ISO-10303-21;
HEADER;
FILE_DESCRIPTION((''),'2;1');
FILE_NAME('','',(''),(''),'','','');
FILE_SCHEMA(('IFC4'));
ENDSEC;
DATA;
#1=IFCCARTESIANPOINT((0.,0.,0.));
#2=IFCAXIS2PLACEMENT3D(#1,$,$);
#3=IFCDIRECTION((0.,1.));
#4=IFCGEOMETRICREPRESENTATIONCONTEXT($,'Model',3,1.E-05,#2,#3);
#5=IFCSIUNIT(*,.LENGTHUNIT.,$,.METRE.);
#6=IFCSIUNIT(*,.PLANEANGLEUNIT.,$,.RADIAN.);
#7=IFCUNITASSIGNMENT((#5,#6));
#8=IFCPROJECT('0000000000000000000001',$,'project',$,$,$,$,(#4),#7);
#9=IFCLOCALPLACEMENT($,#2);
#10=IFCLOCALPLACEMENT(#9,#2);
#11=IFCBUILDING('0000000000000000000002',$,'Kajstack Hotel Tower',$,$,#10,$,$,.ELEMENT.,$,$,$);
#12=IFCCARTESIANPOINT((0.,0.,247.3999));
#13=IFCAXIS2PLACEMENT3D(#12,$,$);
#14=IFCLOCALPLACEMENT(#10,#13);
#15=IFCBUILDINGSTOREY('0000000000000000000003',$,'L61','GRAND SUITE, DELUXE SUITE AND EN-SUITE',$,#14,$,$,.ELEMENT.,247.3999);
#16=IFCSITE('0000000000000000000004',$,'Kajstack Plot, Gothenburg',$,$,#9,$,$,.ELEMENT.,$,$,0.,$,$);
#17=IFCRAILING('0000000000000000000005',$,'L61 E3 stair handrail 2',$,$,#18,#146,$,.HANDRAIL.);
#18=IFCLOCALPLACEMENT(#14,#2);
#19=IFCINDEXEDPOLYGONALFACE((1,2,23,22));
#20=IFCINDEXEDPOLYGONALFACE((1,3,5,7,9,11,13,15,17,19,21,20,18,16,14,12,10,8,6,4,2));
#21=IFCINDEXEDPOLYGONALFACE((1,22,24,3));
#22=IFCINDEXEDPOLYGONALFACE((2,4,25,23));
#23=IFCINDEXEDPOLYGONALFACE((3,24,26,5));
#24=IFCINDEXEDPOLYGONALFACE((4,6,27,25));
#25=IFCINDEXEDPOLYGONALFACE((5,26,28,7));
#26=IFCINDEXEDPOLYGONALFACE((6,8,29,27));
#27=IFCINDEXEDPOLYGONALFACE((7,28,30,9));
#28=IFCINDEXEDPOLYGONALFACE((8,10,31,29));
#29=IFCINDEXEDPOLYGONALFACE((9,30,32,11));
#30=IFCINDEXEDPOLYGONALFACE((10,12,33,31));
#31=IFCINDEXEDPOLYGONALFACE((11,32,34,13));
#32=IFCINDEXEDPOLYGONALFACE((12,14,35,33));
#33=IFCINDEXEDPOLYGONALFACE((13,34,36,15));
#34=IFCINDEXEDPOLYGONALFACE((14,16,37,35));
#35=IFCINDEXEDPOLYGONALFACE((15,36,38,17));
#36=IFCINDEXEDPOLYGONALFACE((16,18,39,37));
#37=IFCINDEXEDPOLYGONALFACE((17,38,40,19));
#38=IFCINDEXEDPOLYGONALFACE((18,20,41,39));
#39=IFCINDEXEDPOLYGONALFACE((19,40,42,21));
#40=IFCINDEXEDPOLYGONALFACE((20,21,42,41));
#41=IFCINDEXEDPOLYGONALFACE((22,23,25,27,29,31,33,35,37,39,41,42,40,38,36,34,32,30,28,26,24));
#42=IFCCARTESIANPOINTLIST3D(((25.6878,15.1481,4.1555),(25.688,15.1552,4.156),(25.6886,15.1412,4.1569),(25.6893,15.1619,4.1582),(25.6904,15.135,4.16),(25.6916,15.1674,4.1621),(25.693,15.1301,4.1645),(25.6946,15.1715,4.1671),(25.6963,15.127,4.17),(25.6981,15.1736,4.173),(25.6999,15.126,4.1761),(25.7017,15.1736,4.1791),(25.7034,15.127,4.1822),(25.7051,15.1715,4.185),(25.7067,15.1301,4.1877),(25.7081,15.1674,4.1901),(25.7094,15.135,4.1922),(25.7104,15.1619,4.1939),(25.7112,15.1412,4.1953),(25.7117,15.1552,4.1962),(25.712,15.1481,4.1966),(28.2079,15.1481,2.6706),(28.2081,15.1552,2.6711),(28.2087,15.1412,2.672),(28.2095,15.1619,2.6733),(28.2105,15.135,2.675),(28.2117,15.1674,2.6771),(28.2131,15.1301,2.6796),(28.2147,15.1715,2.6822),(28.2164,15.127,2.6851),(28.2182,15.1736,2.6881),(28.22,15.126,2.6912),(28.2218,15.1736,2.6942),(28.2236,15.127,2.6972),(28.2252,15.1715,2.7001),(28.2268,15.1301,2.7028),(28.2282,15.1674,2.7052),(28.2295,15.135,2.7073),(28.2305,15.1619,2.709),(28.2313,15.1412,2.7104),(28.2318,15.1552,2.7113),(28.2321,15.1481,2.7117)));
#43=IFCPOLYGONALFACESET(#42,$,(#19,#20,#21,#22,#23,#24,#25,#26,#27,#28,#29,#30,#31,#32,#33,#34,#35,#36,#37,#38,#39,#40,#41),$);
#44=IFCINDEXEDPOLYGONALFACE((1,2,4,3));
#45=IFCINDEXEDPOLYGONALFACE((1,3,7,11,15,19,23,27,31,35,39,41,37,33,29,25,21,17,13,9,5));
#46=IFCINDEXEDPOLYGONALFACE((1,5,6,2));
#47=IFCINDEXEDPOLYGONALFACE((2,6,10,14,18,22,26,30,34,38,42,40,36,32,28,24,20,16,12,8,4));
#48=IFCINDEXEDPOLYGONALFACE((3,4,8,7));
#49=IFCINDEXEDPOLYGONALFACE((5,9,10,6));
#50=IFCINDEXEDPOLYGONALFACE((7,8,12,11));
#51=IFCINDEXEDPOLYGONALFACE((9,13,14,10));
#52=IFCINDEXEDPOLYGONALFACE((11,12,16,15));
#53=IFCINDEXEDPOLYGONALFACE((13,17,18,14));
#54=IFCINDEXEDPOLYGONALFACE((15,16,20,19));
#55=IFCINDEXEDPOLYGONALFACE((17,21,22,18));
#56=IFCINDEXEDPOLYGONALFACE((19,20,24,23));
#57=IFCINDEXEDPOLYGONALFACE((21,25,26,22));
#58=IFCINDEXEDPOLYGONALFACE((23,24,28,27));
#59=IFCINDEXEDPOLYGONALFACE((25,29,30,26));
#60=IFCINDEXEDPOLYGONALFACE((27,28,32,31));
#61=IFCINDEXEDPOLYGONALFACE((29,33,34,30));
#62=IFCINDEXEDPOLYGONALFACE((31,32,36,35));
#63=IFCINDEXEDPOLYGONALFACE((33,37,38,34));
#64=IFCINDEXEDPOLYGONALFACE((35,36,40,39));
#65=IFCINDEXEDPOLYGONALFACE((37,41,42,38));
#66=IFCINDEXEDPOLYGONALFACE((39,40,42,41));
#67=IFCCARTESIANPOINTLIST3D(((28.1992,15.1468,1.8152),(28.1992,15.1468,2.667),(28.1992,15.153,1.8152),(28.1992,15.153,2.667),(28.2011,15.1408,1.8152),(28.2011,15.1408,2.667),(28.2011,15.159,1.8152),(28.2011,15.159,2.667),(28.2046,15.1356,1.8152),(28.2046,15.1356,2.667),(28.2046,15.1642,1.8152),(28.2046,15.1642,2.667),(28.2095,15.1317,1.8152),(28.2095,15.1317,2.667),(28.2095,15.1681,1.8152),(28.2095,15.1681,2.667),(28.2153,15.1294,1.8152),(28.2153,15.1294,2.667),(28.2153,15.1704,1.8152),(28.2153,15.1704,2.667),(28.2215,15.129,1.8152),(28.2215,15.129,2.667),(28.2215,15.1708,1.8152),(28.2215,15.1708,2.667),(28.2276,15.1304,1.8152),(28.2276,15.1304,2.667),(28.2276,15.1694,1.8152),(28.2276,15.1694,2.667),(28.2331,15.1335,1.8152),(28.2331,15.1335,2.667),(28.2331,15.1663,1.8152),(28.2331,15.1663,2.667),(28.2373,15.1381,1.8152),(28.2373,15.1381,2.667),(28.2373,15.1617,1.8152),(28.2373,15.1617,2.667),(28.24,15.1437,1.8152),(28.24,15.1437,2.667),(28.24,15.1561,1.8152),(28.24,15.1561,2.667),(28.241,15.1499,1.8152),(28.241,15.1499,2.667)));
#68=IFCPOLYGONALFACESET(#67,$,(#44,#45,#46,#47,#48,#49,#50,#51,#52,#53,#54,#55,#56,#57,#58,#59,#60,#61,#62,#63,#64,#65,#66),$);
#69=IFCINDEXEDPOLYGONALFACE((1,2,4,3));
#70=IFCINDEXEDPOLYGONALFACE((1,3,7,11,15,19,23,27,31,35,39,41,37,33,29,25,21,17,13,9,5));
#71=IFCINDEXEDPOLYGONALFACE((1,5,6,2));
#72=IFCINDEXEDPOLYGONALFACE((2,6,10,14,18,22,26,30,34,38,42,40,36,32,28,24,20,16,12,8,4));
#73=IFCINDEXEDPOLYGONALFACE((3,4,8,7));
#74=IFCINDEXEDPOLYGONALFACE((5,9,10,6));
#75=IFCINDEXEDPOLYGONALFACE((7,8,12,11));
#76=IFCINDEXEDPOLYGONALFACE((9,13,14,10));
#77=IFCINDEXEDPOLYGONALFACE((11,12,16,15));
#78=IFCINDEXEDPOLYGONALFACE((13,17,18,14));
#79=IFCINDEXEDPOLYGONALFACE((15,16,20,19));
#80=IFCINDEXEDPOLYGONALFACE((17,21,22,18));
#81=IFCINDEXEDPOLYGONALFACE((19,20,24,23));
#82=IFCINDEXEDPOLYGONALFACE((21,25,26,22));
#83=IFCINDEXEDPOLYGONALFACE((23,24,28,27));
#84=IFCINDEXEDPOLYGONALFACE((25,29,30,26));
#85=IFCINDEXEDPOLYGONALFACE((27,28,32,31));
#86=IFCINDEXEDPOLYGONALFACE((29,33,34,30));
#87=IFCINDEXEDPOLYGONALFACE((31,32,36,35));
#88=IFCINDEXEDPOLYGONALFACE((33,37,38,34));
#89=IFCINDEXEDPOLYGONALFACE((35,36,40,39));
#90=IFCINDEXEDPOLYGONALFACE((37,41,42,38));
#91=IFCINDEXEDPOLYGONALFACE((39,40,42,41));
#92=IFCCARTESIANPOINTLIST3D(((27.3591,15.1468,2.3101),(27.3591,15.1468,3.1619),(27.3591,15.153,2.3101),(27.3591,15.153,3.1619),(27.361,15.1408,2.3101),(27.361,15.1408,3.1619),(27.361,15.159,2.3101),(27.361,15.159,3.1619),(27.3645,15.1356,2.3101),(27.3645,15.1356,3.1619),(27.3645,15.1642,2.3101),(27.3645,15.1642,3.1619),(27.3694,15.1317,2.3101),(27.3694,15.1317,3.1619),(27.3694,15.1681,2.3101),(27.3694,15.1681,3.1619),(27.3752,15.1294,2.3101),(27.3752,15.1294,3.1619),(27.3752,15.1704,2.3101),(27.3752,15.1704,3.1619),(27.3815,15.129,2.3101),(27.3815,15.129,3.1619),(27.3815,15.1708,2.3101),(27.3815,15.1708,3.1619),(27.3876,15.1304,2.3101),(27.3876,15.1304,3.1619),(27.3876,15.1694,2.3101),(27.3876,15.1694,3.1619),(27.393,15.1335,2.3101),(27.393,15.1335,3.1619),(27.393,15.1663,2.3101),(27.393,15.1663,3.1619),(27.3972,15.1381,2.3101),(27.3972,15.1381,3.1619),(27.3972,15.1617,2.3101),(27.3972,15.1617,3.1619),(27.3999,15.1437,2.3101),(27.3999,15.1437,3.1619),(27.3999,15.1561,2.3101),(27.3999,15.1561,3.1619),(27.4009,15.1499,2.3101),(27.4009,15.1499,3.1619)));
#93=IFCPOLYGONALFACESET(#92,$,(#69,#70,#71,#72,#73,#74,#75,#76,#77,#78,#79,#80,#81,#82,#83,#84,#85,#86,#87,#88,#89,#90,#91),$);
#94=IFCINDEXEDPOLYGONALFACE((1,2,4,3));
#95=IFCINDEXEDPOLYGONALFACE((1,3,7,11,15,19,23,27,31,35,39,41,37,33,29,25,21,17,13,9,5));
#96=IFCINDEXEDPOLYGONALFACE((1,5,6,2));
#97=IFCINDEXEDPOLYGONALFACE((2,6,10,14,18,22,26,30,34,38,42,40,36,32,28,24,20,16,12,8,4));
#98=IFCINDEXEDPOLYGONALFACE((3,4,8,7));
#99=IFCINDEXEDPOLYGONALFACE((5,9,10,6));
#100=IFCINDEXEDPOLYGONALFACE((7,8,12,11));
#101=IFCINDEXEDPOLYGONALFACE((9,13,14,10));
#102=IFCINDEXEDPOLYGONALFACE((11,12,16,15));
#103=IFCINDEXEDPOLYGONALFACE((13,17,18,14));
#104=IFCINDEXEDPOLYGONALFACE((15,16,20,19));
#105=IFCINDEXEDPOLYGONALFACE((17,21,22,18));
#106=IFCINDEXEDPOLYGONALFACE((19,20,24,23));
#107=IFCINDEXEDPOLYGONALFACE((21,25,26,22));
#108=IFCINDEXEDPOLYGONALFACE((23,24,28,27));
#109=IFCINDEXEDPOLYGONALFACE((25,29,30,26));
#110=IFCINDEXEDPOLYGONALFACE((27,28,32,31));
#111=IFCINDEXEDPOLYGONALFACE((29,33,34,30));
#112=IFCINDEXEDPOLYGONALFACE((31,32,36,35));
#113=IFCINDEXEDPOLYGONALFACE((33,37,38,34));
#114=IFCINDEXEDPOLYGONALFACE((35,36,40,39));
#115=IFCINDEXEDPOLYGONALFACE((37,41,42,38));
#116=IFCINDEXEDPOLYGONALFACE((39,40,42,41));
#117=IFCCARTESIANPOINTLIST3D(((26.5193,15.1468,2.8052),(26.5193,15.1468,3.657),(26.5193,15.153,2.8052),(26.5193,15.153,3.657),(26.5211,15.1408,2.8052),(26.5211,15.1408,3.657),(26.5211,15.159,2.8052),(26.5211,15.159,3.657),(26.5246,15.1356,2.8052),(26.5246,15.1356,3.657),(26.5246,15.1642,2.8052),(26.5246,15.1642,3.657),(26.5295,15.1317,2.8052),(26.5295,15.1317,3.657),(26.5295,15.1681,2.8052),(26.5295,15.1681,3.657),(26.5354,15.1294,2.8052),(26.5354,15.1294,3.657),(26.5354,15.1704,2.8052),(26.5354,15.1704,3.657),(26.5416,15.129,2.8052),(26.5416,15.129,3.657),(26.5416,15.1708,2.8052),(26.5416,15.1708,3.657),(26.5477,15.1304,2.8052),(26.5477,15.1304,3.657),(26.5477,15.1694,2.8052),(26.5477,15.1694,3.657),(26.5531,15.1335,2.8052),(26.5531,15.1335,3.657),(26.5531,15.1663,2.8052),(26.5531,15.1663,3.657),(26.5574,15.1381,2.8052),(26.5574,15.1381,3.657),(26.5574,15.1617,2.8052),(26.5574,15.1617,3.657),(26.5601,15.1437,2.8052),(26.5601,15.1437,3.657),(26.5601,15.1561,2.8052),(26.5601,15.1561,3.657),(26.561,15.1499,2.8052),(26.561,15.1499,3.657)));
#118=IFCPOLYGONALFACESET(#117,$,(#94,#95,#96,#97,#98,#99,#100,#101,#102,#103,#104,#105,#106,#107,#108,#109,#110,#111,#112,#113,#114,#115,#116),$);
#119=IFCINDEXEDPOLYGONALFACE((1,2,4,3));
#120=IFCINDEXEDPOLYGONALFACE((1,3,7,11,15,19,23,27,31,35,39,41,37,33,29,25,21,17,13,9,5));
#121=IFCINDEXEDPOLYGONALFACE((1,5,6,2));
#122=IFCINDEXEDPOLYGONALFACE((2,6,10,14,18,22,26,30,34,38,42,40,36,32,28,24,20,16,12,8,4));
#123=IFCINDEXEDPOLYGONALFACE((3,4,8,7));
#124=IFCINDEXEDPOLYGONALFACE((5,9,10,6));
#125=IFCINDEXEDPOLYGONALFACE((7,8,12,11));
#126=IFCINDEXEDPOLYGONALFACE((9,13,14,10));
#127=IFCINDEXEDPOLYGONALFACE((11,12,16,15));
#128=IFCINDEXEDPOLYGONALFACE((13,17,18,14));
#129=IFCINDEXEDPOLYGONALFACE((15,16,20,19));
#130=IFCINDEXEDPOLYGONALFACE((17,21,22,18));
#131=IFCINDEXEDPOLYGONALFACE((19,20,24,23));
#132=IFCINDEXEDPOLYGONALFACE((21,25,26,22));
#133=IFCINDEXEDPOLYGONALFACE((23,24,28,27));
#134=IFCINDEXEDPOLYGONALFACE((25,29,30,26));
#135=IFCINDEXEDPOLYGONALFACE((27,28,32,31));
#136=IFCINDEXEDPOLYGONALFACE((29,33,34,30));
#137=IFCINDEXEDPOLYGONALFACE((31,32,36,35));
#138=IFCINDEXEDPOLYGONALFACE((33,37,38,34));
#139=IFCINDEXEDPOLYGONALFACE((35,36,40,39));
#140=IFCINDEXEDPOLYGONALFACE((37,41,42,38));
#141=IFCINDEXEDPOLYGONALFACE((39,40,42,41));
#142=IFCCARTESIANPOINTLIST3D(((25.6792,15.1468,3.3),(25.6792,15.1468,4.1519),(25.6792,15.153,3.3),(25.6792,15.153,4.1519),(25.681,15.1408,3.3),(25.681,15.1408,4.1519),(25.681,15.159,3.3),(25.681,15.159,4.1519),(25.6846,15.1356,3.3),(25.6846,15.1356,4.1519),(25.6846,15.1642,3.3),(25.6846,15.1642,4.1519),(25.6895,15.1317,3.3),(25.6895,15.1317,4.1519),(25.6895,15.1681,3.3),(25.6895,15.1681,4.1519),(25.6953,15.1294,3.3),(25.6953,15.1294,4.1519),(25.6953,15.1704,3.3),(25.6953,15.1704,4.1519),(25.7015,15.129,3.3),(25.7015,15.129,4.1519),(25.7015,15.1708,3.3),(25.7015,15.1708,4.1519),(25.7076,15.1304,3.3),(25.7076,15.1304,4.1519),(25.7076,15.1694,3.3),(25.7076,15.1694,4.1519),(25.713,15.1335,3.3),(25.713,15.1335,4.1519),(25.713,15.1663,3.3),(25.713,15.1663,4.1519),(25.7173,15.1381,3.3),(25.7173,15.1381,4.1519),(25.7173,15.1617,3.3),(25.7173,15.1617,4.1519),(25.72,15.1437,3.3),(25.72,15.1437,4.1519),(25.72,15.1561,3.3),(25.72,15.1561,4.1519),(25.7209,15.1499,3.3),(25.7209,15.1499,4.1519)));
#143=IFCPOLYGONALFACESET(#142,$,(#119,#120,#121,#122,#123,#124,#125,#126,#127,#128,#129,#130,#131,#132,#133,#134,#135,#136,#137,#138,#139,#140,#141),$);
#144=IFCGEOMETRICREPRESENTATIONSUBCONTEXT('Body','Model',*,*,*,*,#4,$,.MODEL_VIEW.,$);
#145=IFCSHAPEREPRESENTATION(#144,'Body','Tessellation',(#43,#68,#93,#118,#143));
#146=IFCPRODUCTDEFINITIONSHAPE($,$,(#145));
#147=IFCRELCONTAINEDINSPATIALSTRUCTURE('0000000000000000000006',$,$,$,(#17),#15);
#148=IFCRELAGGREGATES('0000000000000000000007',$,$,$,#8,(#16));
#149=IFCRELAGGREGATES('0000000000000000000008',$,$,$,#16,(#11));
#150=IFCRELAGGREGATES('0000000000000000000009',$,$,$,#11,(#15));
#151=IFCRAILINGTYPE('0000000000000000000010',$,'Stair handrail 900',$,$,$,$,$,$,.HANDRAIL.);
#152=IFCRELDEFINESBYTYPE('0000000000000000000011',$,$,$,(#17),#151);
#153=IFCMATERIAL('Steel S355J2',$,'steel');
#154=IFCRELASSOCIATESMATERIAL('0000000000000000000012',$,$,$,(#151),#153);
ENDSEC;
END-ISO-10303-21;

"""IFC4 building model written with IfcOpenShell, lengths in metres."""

from ifc_helpers import new_model, si_unit, direction, frame, origin, origin_2d, place, context, subcontext, project, spatial, circle, extrude, material, type_object, element, save


model = new_model("IFC4")

# Units and contexts
model_context = context("Model", 3, precision=1e-05, world=origin(), true_north=direction((0.0, 1.0)))
body_context = subcontext(model_context, "Body", "Model", "MODEL_VIEW")
ifc_project = project(units=[si_unit("LENGTHUNIT", "METRE"), si_unit("PLANEANGLEUNIT", "RADIAN")], contexts=[model_context])

# Site, building, storey
site_placement = place(None, origin())
site = spatial("IfcSite", under=ifc_project, at=site_placement, Name="Kajstack Plot, Gothenburg", CompositionType="ELEMENT", RefElevation=0.0)
building_placement = place(site_placement, origin())
building = spatial("IfcBuilding", under=site, at=building_placement, Name="Kajstack Hotel Tower", CompositionType="ELEMENT")
storey_placement = place(building_placement, frame((0.0, 0.0, 247.3999)))
storey = spatial("IfcBuildingStorey", under=building, at=storey_placement, Name="L61", Description="GRAND SUITE, DELUXE SUITE AND EN-SUITE", CompositionType="ELEMENT", Elevation=247.3999)

# Railing
ifc_material_1 = material(Name="Steel S355J2", Category="steel")
railing_type_1 = type_object("IfcRailingType", Name="Stair handrail 900", PredefinedType="HANDRAIL", material=ifc_material_1)
railing_1_placement = place(storey_placement, frame((28.22, 15.1499, 1.8152)))
element("IfcRailing", 1, at=railing_1_placement, inside=storey, type_object=railing_type_1, Name="L61 E3 stair handrail 2", PredefinedType="HANDRAIL", context=body_context, shape_type="SweptSolid", body=[
    extrude(circle(Radius=0.0239, at=origin_2d()), frame((0.0, 0.0, 0.876), z_axis=(-0.861561, 0.0, 0.507655), x_axis=(0.0, -1.0, 0.0)), (0.0, 0.0, 1.0), 2.925),
    extrude(circle(Radius=0.021, at=origin_2d()), origin(), (0.0, 0.0, 1.0), 0.8518),
    extrude(circle(Radius=0.021, at=origin_2d()), frame((-0.8401, 0.0, 0.4949)), (0.0, 0.0, 1.0), 0.8518),
    extrude(circle(Radius=0.021, at=origin_2d()), frame((-1.6799, 0.0, 0.99)), (0.0, 0.0, 1.0), 0.8518),
    extrude(circle(Radius=0.021, at=origin_2d()), frame((-2.52, 0.0, 1.4849)), (0.0, 0.0, 1.0), 0.8518),
])

save(model, "model.ifc")
